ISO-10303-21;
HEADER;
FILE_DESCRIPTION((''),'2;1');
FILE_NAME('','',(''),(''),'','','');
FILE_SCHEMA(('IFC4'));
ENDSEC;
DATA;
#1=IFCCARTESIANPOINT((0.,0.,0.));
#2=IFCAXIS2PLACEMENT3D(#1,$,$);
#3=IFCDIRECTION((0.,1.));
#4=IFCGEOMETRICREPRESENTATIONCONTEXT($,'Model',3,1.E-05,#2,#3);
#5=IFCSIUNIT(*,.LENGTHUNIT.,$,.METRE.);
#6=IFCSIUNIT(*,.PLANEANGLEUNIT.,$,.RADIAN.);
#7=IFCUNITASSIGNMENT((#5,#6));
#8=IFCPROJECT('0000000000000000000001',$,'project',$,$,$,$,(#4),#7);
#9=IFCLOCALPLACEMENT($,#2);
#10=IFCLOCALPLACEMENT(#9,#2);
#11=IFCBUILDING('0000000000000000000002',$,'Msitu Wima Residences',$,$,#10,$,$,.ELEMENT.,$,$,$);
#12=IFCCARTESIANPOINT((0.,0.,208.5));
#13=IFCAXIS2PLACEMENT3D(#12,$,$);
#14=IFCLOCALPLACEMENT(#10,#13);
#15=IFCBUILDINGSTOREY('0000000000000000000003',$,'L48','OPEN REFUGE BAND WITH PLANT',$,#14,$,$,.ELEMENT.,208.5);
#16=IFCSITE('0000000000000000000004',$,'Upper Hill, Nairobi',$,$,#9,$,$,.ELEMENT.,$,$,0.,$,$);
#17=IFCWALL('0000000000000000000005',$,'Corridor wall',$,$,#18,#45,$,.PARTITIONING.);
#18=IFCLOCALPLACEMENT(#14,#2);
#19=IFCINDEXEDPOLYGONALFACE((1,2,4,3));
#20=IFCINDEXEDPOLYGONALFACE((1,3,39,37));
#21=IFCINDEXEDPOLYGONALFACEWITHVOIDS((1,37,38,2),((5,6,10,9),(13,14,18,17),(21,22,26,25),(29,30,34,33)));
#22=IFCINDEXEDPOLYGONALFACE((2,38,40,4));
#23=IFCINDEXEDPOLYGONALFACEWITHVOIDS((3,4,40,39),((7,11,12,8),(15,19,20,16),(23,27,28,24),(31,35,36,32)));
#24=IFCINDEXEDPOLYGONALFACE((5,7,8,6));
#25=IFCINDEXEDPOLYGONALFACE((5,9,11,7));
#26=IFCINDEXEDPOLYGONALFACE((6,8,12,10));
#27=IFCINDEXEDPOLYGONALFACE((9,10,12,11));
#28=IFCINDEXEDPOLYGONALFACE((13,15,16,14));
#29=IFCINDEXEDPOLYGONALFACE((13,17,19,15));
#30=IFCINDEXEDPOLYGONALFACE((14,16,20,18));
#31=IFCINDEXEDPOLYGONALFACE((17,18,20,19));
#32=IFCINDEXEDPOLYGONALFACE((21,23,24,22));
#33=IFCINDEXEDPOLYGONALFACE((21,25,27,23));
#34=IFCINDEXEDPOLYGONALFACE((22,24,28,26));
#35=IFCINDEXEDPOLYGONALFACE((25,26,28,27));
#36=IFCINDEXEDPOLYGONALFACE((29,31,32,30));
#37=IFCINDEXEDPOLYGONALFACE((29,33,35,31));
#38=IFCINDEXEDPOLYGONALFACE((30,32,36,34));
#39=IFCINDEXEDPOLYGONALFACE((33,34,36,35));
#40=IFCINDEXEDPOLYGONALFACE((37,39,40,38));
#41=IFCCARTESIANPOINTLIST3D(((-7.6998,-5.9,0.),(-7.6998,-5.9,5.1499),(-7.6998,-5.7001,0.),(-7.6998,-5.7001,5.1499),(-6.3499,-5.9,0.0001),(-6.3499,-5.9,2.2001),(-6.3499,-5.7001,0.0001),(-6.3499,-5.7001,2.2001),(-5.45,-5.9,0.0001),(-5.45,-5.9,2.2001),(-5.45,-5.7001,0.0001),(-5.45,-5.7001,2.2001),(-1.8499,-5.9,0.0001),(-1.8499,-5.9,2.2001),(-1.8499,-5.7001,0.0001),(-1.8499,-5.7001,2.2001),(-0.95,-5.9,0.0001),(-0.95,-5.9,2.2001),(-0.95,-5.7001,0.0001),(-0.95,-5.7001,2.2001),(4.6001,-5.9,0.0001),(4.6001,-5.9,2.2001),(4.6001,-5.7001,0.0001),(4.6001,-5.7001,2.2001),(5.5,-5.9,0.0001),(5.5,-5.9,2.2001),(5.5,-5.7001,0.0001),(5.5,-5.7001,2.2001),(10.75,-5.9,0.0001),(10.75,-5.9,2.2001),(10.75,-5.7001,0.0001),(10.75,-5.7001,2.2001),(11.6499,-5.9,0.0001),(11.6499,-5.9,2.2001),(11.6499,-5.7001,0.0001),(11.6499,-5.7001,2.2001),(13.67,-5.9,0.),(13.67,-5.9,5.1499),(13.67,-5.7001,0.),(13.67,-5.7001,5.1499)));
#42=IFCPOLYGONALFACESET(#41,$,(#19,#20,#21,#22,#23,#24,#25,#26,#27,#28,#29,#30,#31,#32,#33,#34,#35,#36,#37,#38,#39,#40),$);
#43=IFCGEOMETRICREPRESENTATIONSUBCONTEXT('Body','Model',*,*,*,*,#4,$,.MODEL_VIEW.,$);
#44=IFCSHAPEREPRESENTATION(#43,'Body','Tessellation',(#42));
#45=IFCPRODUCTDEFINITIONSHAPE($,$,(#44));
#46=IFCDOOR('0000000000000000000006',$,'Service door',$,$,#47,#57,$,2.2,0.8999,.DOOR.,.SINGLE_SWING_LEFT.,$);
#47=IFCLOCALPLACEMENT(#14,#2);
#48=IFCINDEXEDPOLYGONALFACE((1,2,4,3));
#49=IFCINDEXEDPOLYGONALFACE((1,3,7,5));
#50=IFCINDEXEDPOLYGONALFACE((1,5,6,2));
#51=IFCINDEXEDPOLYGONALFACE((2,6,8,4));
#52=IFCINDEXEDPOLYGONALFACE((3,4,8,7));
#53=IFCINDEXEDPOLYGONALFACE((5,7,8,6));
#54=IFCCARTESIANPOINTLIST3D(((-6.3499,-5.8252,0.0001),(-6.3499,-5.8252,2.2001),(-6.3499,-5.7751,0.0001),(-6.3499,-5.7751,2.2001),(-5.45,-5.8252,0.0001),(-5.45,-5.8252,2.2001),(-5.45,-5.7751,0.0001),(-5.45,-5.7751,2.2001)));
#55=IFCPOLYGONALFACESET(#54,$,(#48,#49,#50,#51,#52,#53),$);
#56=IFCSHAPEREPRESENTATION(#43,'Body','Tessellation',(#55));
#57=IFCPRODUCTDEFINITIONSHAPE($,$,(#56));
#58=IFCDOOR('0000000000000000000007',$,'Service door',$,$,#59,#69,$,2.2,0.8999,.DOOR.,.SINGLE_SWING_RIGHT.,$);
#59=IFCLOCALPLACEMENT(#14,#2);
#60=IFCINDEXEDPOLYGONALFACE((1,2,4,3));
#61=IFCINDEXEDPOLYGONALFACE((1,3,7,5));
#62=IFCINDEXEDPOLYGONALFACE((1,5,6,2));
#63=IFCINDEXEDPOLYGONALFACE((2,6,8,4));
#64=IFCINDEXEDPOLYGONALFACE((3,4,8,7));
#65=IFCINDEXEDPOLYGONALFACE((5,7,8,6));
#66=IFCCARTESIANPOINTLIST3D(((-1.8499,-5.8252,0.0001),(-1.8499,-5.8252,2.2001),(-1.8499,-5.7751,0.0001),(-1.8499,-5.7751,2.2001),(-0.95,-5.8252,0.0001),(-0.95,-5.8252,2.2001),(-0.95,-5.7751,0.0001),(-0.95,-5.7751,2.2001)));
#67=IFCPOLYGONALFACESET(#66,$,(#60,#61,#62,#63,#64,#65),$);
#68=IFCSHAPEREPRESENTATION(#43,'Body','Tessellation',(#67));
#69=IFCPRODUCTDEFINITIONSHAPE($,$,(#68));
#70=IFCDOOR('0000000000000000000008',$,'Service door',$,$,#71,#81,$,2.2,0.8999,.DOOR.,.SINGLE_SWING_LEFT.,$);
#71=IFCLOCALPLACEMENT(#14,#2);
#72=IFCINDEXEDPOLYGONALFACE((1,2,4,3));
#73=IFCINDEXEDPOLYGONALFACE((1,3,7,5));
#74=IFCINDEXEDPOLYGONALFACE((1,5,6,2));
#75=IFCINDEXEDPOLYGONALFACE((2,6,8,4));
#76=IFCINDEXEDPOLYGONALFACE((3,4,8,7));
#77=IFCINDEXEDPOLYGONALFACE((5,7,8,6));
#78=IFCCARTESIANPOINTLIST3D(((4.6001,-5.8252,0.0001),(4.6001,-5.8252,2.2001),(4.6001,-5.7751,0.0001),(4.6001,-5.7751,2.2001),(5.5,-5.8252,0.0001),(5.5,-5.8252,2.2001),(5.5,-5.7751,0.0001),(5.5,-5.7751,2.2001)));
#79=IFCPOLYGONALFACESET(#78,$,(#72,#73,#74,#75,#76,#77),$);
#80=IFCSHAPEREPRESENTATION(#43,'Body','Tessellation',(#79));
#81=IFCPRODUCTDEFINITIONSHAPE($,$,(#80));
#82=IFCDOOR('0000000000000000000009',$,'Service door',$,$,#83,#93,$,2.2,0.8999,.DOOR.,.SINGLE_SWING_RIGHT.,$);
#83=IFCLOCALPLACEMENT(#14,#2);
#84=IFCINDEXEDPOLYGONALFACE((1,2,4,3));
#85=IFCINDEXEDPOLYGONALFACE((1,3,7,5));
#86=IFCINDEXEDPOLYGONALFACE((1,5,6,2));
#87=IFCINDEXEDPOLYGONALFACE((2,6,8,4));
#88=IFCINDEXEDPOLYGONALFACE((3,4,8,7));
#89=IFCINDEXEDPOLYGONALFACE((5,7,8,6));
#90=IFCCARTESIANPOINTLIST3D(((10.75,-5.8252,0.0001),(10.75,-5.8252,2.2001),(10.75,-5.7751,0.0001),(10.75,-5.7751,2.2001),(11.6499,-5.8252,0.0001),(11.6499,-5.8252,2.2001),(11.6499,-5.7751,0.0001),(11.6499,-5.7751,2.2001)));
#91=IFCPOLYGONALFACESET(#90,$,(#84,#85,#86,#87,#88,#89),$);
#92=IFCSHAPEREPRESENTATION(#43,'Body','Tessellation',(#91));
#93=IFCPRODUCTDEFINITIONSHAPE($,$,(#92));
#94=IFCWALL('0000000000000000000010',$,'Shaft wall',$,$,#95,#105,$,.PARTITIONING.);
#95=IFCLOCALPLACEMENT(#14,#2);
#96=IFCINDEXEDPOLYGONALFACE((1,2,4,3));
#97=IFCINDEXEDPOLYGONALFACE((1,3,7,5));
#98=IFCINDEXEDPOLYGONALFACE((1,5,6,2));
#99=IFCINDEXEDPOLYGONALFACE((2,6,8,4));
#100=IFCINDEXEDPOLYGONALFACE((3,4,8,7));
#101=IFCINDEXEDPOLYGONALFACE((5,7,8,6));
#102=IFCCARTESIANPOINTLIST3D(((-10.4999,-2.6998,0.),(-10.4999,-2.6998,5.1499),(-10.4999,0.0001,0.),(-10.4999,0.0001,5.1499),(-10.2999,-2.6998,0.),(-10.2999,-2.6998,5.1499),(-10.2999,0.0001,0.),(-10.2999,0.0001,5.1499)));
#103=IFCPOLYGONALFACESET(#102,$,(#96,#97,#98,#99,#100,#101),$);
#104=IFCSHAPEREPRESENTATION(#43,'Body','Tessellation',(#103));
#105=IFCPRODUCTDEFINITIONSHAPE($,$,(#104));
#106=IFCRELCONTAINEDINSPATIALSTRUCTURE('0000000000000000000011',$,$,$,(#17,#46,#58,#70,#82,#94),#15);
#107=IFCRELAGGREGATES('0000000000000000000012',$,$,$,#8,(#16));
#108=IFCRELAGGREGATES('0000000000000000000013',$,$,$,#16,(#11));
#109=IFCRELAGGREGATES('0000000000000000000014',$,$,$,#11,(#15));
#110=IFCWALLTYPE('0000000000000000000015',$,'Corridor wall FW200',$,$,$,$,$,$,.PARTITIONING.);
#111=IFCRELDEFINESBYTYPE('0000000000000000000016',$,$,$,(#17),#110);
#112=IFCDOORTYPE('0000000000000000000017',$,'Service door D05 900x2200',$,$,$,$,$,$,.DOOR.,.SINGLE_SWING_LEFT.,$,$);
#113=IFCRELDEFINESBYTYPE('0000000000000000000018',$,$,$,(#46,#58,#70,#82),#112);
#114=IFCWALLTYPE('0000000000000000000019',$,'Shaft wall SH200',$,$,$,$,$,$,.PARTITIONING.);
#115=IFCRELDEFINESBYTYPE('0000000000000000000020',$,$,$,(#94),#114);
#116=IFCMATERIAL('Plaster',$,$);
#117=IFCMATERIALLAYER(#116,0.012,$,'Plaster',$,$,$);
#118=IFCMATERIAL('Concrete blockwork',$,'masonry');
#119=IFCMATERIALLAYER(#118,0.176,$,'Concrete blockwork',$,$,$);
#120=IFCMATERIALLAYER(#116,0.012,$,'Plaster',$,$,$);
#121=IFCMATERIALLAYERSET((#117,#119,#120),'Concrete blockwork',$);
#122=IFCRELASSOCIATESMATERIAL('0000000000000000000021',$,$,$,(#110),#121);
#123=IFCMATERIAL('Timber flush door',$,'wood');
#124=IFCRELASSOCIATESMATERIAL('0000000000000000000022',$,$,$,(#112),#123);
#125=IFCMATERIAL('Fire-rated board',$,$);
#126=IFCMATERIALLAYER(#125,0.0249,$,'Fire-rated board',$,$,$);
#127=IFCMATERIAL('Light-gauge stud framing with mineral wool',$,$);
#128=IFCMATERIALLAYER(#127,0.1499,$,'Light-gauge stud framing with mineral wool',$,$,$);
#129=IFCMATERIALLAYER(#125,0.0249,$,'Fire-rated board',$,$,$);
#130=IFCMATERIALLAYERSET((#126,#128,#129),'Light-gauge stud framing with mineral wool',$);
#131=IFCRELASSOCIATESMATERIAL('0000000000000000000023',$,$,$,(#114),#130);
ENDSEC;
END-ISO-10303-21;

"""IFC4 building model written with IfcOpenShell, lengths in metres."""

from ifc_helpers import new_model, si_unit, direction, frame, frame_2d, origin, place, context, subcontext, project, spatial, rectangle, extrude, material, layer, layer_set, type_object, element, fill, save


model = new_model("IFC4")

# Units and contexts
model_context = context("Model", 3, precision=1e-05, world=origin(), true_north=direction((0.0, 1.0)))
body_context = subcontext(model_context, "Body", "Model", "MODEL_VIEW")
ifc_project = project(units=[si_unit("LENGTHUNIT", "METRE"), si_unit("PLANEANGLEUNIT", "RADIAN")], contexts=[model_context])

# Site, building, storey
site_placement = place(None, origin())
site = spatial("IfcSite", under=ifc_project, at=site_placement, Name="Upper Hill, Nairobi", CompositionType="ELEMENT", RefElevation=0.0)
building_placement = place(site_placement, origin())
building = spatial("IfcBuilding", under=site, at=building_placement, Name="Msitu Wima Residences", CompositionType="ELEMENT")
storey_placement = place(building_placement, frame((0.0, 0.0, 208.5)))
storey = spatial("IfcBuildingStorey", under=building, at=storey_placement, Name="L48", Description="OPEN REFUGE BAND WITH PLANT", CompositionType="ELEMENT", Elevation=208.5)

# Shared definitions
ifc_material_1 = material(Name="Plaster")
ifc_layer_1 = layer(ifc_material_1, 0.012, Name="Plaster")
ifc_material_2 = material(Name="Concrete blockwork", Category="masonry")
ifc_layer_2 = layer(ifc_material_2, 0.176, Name="Concrete blockwork")
ifc_layer_3 = layer(ifc_material_1, 0.012, Name="Plaster")
ifc_layer_set_1 = layer_set([ifc_layer_1, ifc_layer_2, ifc_layer_3], Name="Concrete blockwork")
wall_type_1 = type_object("IfcWallType", Name="Corridor wall FW200", PredefinedType="PARTITIONING", material=ifc_layer_set_1)

# Wall, openings, doors
wall_1_placement = place(storey_placement, frame((-7.7, -5.8, 0.0), z_axis=(0.0, 0.0, 1.0), x_axis=(1.0, 0.0, 0.0)))
wall_1 = element("IfcWall", 1, at=wall_1_placement, inside=storey, type_object=wall_type_1, Name="Corridor wall", PredefinedType="PARTITIONING", context=body_context, shape_type="SweptSolid", body=[
    extrude(rectangle(XDim=21.3699, YDim=0.2, at=frame_2d((10.6851, 0.0))), origin(), (0.0, 0.0, 1.0), 5.1499),
])
opening_1_placement = place(wall_1_placement, frame((1.3501, 0.0, 0.0)))
opening_1 = element("IfcOpeningElement", 2, at=opening_1_placement, cuts=wall_1, PredefinedType="OPENING", context=body_context, shape_type="SweptSolid", body=[
    extrude(rectangle(XDim=0.8999, YDim=2.2, at=frame_2d((0.45, 1.1001))), frame((0.0, 0.1099, 0.0), z_axis=(0.0, -1.0, 0.0), x_axis=(1.0, 0.0, 0.0)), (0.0, 0.0, 1.0), 0.22),
])
opening_2_placement = place(wall_1_placement, frame((5.8501, 0.0, 0.0)))
opening_2 = element("IfcOpeningElement", 3, at=opening_2_placement, cuts=wall_1, PredefinedType="OPENING", context=body_context, shape_type="SweptSolid", body=[
    extrude(rectangle(XDim=0.8999, YDim=2.2, at=frame_2d((0.45, 1.1001))), frame((0.0, 0.1099, 0.0), z_axis=(0.0, -1.0, 0.0), x_axis=(1.0, 0.0, 0.0)), (0.0, 0.0, 1.0), 0.22),
])
opening_3_placement = place(wall_1_placement, frame((12.3, 0.0, 0.0)))
opening_3 = element("IfcOpeningElement", 4, at=opening_3_placement, cuts=wall_1, PredefinedType="OPENING", context=body_context, shape_type="SweptSolid", body=[
    extrude(rectangle(XDim=0.8999, YDim=2.2, at=frame_2d((0.45, 1.1001))), frame((0.0, 0.1099, 0.0), z_axis=(0.0, -1.0, 0.0), x_axis=(1.0, 0.0, 0.0)), (0.0, 0.0, 1.0), 0.22),
])
opening_4_placement = place(wall_1_placement, frame((18.45, 0.0, 0.0)))
opening_4 = element("IfcOpeningElement", 5, at=opening_4_placement, cuts=wall_1, PredefinedType="OPENING", context=body_context, shape_type="SweptSolid", body=[
    extrude(rectangle(XDim=0.8999, YDim=2.2, at=frame_2d((0.45, 1.1001))), frame((0.0, 0.1099, 0.0), z_axis=(0.0, -1.0, 0.0), x_axis=(1.0, 0.0, 0.0)), (0.0, 0.0, 1.0), 0.22),
])
ifc_material_3 = material(Name="Timber flush door", Category="wood")
door_type_1 = type_object("IfcDoorType", Name="Service door D05 900x2200", OperationType="SINGLE_SWING_LEFT", PredefinedType="DOOR", material=ifc_material_3)
door_1_placement = place(opening_1_placement, origin())
door_1 = element("IfcDoor", 6, at=door_1_placement, inside=storey, type_object=door_type_1, Name="Service door", OperationType="SINGLE_SWING_LEFT", OverallHeight=2.2, OverallWidth=0.8999, PredefinedType="DOOR", context=body_context, shape_type="SweptSolid", body=[
    extrude(rectangle(XDim=0.8999, YDim=2.2, at=frame_2d((0.45, 1.1001))), frame((0.0, 0.0249, 0.0), z_axis=(0.0, -1.0, 0.0), x_axis=(1.0, 0.0, 0.0)), (0.0, 0.0, 1.0), 0.05),
])
fill(opening_1, door_1)
door_2_placement = place(opening_2_placement, origin())
door_2 = element("IfcDoor", 7, at=door_2_placement, inside=storey, type_object=door_type_1, Name="Service door", OperationType="SINGLE_SWING_RIGHT", OverallHeight=2.2, OverallWidth=0.8999, PredefinedType="DOOR", context=body_context, shape_type="SweptSolid", body=[
    extrude(rectangle(XDim=0.8999, YDim=2.2, at=frame_2d((0.45, 1.1001))), frame((0.0, 0.0249, 0.0), z_axis=(0.0, -1.0, 0.0), x_axis=(1.0, 0.0, 0.0)), (0.0, 0.0, 1.0), 0.05),
])
fill(opening_2, door_2)
door_3_placement = place(opening_3_placement, origin())
door_3 = element("IfcDoor", 8, at=door_3_placement, inside=storey, type_object=door_type_1, Name="Service door", OperationType="SINGLE_SWING_LEFT", OverallHeight=2.2, OverallWidth=0.8999, PredefinedType="DOOR", context=body_context, shape_type="SweptSolid", body=[
    extrude(rectangle(XDim=0.8999, YDim=2.2, at=frame_2d((0.45, 1.1001))), frame((0.0, 0.0249, 0.0), z_axis=(0.0, -1.0, 0.0), x_axis=(1.0, 0.0, 0.0)), (0.0, 0.0, 1.0), 0.05),
])
fill(opening_3, door_3)
door_4_placement = place(opening_4_placement, origin())
door_4 = element("IfcDoor", 9, at=door_4_placement, inside=storey, type_object=door_type_1, Name="Service door", OperationType="SINGLE_SWING_RIGHT", OverallHeight=2.2, OverallWidth=0.8999, PredefinedType="DOOR", context=body_context, shape_type="SweptSolid", body=[
    extrude(rectangle(XDim=0.8999, YDim=2.2, at=frame_2d((0.45, 1.1001))), frame((0.0, 0.0249, 0.0), z_axis=(0.0, -1.0, 0.0), x_axis=(1.0, 0.0, 0.0)), (0.0, 0.0, 1.0), 0.05),
])
fill(opening_4, door_4)

# Wall
ifc_material_4 = material(Name="Fire-rated board")
ifc_layer_4 = layer(ifc_material_4, 0.0249, Name="Fire-rated board")
ifc_material_5 = material(Name="Light-gauge stud framing with mineral wool")
ifc_layer_5 = layer(ifc_material_5, 0.1499, Name="Light-gauge stud framing with mineral wool")
ifc_layer_6 = layer(ifc_material_4, 0.0249, Name="Fire-rated board")
ifc_layer_set_2 = layer_set([ifc_layer_4, ifc_layer_5, ifc_layer_6], Name="Light-gauge stud framing with mineral wool")
wall_type_2 = type_object("IfcWallType", Name="Shaft wall SH200", PredefinedType="PARTITIONING", material=ifc_layer_set_2)
wall_2_placement = place(storey_placement, frame((-10.3999, -2.7, 0.0), z_axis=(0.0, 0.0, 1.0), x_axis=(0.0, 1.0, 0.0)))
element("IfcWall", 10, at=wall_2_placement, inside=storey, type_object=wall_type_2, Name="Shaft wall", PredefinedType="PARTITIONING", context=body_context, shape_type="SweptSolid", body=[
    extrude(rectangle(XDim=2.7, YDim=0.2, at=frame_2d((1.3501, 0.0))), origin(), (0.0, 0.0, 1.0), 5.1499),
])

save(model, "model.ifc")
